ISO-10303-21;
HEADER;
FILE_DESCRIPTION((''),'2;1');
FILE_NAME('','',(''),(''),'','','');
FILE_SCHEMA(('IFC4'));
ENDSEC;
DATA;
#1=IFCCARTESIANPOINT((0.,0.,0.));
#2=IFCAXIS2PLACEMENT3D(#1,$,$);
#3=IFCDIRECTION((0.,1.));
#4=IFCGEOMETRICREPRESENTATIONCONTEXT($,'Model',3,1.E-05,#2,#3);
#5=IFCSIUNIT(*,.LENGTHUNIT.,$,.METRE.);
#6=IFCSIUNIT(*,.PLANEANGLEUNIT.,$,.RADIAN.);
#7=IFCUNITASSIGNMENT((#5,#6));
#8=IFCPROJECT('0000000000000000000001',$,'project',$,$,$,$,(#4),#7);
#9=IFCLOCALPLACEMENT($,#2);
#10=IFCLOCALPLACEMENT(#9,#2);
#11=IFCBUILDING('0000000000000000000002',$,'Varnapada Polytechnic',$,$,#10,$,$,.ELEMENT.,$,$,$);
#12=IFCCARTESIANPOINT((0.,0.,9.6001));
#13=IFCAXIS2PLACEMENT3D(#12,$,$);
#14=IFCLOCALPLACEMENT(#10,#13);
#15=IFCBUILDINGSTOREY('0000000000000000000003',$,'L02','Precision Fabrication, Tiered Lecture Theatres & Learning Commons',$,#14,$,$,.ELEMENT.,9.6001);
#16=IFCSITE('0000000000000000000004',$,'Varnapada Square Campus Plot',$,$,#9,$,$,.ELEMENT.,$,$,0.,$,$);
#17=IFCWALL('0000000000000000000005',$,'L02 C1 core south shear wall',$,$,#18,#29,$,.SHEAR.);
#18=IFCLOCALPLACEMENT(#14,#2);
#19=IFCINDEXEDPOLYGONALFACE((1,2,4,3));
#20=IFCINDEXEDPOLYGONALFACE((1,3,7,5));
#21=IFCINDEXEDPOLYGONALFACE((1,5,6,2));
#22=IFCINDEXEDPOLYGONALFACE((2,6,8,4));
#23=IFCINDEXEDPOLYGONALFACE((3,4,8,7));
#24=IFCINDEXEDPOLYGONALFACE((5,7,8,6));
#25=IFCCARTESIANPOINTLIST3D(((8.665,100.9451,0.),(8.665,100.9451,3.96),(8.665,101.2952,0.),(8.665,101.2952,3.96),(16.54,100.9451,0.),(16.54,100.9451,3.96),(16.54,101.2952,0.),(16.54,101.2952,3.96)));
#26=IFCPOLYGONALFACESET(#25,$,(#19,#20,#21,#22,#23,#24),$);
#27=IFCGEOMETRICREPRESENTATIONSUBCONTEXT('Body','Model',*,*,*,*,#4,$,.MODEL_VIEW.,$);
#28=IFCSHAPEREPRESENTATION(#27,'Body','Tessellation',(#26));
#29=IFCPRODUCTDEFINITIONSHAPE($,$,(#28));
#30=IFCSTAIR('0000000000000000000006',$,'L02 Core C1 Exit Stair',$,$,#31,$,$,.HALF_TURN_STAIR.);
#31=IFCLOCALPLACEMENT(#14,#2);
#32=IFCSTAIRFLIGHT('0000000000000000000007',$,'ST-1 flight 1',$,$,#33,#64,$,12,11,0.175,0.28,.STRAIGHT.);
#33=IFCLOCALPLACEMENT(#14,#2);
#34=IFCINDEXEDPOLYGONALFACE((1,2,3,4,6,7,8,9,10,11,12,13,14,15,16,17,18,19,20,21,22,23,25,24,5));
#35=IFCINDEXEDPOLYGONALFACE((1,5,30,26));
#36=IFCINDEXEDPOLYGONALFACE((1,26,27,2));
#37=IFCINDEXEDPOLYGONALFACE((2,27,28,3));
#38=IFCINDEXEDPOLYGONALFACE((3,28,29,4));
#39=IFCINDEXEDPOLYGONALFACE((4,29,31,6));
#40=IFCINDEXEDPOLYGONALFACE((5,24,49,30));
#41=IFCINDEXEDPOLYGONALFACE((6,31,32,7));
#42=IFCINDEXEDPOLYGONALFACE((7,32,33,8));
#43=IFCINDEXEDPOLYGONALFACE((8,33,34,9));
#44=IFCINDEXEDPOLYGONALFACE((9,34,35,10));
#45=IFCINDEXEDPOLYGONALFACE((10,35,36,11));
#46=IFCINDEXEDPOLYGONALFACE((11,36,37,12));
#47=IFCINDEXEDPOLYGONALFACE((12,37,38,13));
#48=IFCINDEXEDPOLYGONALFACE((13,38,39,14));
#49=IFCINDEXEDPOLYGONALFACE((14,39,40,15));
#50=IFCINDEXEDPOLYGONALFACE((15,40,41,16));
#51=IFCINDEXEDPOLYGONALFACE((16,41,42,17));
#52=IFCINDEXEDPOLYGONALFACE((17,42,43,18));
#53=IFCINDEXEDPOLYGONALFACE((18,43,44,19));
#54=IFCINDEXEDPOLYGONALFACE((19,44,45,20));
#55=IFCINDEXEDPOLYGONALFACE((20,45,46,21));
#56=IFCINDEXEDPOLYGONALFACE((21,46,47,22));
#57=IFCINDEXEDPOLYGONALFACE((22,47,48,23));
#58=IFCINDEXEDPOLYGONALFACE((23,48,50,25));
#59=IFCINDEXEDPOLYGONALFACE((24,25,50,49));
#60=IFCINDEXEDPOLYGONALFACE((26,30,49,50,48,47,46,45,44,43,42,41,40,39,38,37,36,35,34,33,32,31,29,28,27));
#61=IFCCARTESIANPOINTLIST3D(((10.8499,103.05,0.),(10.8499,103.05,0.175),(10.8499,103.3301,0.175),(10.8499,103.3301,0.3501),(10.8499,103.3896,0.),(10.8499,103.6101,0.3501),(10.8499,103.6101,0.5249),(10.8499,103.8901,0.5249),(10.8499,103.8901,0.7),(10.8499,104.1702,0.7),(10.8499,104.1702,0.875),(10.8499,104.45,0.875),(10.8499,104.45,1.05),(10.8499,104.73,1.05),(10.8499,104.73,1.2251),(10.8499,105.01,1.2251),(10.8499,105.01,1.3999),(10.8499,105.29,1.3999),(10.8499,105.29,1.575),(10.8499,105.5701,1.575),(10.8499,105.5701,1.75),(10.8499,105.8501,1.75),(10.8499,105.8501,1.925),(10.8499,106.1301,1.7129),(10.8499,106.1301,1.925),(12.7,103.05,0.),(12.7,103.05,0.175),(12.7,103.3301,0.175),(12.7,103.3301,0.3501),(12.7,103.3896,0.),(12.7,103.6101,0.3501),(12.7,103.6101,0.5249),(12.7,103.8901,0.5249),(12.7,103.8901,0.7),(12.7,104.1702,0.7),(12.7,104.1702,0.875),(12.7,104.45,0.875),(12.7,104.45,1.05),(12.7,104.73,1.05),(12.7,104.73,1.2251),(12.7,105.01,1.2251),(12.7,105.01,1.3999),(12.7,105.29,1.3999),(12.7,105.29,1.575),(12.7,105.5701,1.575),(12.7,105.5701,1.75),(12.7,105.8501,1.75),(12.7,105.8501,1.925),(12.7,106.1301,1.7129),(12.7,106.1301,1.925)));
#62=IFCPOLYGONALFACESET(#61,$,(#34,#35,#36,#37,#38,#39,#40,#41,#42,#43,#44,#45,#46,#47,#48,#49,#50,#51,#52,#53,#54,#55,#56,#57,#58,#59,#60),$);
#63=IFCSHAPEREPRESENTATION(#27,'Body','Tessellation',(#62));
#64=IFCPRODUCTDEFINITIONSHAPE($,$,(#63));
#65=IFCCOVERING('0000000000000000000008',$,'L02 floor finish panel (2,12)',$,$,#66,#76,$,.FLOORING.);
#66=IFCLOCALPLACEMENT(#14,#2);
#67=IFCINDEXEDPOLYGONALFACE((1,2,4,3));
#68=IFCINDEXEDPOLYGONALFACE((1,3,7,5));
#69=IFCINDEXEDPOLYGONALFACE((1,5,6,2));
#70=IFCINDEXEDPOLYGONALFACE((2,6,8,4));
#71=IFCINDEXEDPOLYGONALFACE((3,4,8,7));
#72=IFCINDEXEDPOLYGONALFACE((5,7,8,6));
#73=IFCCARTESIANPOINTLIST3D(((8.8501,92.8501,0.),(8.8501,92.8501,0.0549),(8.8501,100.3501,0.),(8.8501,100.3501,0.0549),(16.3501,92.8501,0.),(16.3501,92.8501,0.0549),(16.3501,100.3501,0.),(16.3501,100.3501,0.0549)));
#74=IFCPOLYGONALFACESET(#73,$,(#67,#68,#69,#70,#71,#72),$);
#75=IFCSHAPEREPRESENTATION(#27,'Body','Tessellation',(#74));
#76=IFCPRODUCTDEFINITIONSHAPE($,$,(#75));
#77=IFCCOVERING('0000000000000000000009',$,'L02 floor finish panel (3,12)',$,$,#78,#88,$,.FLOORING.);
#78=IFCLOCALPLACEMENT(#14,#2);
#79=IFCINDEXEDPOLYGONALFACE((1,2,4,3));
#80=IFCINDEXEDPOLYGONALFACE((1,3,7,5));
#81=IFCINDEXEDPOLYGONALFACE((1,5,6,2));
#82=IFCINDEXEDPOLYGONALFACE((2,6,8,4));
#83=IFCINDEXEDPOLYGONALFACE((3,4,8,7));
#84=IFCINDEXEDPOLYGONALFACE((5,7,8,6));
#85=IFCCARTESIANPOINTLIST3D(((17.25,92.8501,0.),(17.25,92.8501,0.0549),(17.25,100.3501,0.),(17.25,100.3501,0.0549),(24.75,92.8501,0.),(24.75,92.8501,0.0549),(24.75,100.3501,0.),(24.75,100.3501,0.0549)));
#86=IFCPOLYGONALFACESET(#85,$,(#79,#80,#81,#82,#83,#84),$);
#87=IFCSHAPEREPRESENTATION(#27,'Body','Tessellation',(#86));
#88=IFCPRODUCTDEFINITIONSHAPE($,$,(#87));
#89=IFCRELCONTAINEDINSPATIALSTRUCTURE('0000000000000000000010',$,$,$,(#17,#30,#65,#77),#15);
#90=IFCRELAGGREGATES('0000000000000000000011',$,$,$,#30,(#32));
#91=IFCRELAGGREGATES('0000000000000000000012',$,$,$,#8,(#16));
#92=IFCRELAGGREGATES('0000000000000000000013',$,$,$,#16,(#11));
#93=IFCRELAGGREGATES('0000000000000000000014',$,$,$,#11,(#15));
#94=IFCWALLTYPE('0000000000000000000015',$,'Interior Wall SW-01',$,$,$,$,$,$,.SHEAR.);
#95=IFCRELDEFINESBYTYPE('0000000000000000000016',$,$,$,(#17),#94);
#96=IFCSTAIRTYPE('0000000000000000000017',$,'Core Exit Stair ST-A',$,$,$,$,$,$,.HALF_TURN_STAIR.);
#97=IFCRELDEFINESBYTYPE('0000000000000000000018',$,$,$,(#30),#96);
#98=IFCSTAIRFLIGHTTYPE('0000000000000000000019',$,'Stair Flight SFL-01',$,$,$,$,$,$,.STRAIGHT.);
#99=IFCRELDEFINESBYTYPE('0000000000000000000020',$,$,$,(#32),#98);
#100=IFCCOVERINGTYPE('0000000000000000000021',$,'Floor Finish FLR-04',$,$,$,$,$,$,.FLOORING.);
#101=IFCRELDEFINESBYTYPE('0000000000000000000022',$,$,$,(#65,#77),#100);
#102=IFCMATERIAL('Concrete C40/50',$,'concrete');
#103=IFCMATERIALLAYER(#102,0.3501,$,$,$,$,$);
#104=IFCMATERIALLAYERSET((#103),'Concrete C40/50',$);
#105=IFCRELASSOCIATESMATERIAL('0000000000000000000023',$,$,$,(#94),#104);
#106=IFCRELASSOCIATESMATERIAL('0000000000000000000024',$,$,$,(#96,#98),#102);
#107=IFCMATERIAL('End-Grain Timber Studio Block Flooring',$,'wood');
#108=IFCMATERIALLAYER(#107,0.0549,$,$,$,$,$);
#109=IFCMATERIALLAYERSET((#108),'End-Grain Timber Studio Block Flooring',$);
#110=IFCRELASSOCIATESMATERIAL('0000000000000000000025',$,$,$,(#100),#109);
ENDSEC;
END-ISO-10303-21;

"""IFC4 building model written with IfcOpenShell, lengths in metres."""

from ifc_helpers import new_model, si_unit, direction, frame, frame_2d, origin, origin_2d, place, context, subcontext, project, spatial, polyline, rectangle, outline, extrude, material, layer, layer_set, type_object, element, aggregate, save


model = new_model("IFC4")

# Units and contexts
model_context = context("Model", 3, precision=1e-05, world=origin(), true_north=direction((0.0, 1.0)))
body_context = subcontext(model_context, "Body", "Model", "MODEL_VIEW")
ifc_project = project(units=[si_unit("LENGTHUNIT", "METRE"), si_unit("PLANEANGLEUNIT", "RADIAN")], contexts=[model_context])

# Site, building, storey
site_placement = place(None, origin())
site = spatial("IfcSite", under=ifc_project, at=site_placement, Name="Varnapada Square Campus Plot", CompositionType="ELEMENT", RefElevation=0.0)
building_placement = place(site_placement, origin())
building = spatial("IfcBuilding", under=site, at=building_placement, Name="Varnapada Polytechnic", CompositionType="ELEMENT")
storey_placement = place(building_placement, frame((0.0, 0.0, 9.6001)))
storey = spatial("IfcBuildingStorey", under=building, at=storey_placement, Name="L02", Description="Precision Fabrication, Tiered Lecture Theatres & Learning Commons", CompositionType="ELEMENT", Elevation=9.6001)

# Wall
ifc_material_1 = material(Name="Concrete C40/50", Category="concrete")
ifc_layer_1 = layer(ifc_material_1, 0.3501)
ifc_layer_set_1 = layer_set([ifc_layer_1], Name="Concrete C40/50")
wall_type_1 = type_object("IfcWallType", Name="Interior Wall SW-01", PredefinedType="SHEAR", material=ifc_layer_set_1)
wall_1_placement = place(storey_placement, frame((16.54, 101.1201, 0.0), z_axis=(0.0, 0.0, 1.0), x_axis=(-1.0, 0.0, 0.0)))
element("IfcWall", 1, at=wall_1_placement, inside=storey, type_object=wall_type_1, Name="L02 C1 core south shear wall", PredefinedType="SHEAR", context=body_context, shape_type="SweptSolid", body=[
    extrude(rectangle(XDim=7.875, YDim=0.3501, at=frame_2d((3.9375, 0.0))), origin(), (0.0, 0.0, 1.0), 3.96),
])

# Stair, stair flight
stair_type = type_object("IfcStairType", Name="Core Exit Stair ST-A", PredefinedType="HALF_TURN_STAIR", material=ifc_material_1)
stair_placement = place(storey_placement, origin())
stair = element("IfcStair", 2, at=stair_placement, inside=storey, type_object=stair_type, Name="L02 Core C1 Exit Stair", PredefinedType="HALF_TURN_STAIR")
stair_flight_type = type_object("IfcStairFlightType", Name="Stair Flight SFL-01", PredefinedType="STRAIGHT", material=ifc_material_1)
stair_flight_placement = place(storey_placement, frame((11.7749, 103.05, 0.0), z_axis=(0.0, 0.0, 1.0), x_axis=(0.0, 1.0, 0.0)))
stair_flight = element("IfcStairFlight", 3, at=stair_flight_placement, type_object=stair_flight_type, Name="ST-1 flight 1", NumberOfRisers=12, NumberOfTreads=11, PredefinedType="STRAIGHT", RiserHeight=0.175, TreadLength=0.28, context=body_context, shape_type="SweptSolid", body=[
    extrude(outline(polyline([(0.0, 0.0), (0.0, 0.175), (0.28, 0.175), (0.28, 0.3501), (0.5601, 0.3501), (0.5601, 0.5249), (0.8401, 0.5249), (0.8401, 0.7), (1.1201, 0.7), (1.1201, 0.875), (1.3999, 0.875), (1.3999, 1.05), (1.6799, 1.05), (1.6799, 1.2251), (1.96, 1.2251), (1.96, 1.3999), (2.24, 1.3999), (2.24, 1.575), (2.52, 1.575), (2.52, 1.75), (2.8, 1.75), (2.8, 1.925), (3.0801, 1.925), (3.0801, 2.1001), (3.0801, 1.7129), (0.3396, 0.0), (0.0, 0.0)])), frame((0.0, 0.925, 0.0), z_axis=(0.0, -1.0, 0.0), x_axis=(1.0, 0.0, 0.0)), (0.0, 0.0, 1.0), 1.8501),
])
aggregate(stair, [stair_flight])

# Coverings
ifc_material_2 = material(Name="End-Grain Timber Studio Block Flooring", Category="wood")
ifc_layer_2 = layer(ifc_material_2, 0.0549)
ifc_layer_set_2 = layer_set([ifc_layer_2], Name="End-Grain Timber Studio Block Flooring")
covering_type = type_object("IfcCoveringType", Name="Floor Finish FLR-04", PredefinedType="FLOORING", material=ifc_layer_set_2)
for number, where, z_axis, x_axis, name in (
    (4, (12.6001, 96.6001, 0.0), (0.0, 0.0, 1.0), (1.0, 0.0, 0.0), "L02 floor finish panel (2,12)"),
    (5, (21.0, 96.6001, 0.0), (0.0, 0.0, 1.0), (1.0, 0.0, 0.0), "L02 floor finish panel (3,12)"),
):
    element("IfcCovering", number, at=place(storey_placement, frame(where, z_axis=z_axis, x_axis=x_axis)), inside=storey, type_object=covering_type, Name=name, PredefinedType="FLOORING", context=body_context, shape_type="SweptSolid", body=[
        extrude(rectangle(XDim=7.5, YDim=7.5, at=origin_2d()), origin(), (0.0, 0.0, 1.0), 0.0549),
    ])

save(model, "model.ifc")
